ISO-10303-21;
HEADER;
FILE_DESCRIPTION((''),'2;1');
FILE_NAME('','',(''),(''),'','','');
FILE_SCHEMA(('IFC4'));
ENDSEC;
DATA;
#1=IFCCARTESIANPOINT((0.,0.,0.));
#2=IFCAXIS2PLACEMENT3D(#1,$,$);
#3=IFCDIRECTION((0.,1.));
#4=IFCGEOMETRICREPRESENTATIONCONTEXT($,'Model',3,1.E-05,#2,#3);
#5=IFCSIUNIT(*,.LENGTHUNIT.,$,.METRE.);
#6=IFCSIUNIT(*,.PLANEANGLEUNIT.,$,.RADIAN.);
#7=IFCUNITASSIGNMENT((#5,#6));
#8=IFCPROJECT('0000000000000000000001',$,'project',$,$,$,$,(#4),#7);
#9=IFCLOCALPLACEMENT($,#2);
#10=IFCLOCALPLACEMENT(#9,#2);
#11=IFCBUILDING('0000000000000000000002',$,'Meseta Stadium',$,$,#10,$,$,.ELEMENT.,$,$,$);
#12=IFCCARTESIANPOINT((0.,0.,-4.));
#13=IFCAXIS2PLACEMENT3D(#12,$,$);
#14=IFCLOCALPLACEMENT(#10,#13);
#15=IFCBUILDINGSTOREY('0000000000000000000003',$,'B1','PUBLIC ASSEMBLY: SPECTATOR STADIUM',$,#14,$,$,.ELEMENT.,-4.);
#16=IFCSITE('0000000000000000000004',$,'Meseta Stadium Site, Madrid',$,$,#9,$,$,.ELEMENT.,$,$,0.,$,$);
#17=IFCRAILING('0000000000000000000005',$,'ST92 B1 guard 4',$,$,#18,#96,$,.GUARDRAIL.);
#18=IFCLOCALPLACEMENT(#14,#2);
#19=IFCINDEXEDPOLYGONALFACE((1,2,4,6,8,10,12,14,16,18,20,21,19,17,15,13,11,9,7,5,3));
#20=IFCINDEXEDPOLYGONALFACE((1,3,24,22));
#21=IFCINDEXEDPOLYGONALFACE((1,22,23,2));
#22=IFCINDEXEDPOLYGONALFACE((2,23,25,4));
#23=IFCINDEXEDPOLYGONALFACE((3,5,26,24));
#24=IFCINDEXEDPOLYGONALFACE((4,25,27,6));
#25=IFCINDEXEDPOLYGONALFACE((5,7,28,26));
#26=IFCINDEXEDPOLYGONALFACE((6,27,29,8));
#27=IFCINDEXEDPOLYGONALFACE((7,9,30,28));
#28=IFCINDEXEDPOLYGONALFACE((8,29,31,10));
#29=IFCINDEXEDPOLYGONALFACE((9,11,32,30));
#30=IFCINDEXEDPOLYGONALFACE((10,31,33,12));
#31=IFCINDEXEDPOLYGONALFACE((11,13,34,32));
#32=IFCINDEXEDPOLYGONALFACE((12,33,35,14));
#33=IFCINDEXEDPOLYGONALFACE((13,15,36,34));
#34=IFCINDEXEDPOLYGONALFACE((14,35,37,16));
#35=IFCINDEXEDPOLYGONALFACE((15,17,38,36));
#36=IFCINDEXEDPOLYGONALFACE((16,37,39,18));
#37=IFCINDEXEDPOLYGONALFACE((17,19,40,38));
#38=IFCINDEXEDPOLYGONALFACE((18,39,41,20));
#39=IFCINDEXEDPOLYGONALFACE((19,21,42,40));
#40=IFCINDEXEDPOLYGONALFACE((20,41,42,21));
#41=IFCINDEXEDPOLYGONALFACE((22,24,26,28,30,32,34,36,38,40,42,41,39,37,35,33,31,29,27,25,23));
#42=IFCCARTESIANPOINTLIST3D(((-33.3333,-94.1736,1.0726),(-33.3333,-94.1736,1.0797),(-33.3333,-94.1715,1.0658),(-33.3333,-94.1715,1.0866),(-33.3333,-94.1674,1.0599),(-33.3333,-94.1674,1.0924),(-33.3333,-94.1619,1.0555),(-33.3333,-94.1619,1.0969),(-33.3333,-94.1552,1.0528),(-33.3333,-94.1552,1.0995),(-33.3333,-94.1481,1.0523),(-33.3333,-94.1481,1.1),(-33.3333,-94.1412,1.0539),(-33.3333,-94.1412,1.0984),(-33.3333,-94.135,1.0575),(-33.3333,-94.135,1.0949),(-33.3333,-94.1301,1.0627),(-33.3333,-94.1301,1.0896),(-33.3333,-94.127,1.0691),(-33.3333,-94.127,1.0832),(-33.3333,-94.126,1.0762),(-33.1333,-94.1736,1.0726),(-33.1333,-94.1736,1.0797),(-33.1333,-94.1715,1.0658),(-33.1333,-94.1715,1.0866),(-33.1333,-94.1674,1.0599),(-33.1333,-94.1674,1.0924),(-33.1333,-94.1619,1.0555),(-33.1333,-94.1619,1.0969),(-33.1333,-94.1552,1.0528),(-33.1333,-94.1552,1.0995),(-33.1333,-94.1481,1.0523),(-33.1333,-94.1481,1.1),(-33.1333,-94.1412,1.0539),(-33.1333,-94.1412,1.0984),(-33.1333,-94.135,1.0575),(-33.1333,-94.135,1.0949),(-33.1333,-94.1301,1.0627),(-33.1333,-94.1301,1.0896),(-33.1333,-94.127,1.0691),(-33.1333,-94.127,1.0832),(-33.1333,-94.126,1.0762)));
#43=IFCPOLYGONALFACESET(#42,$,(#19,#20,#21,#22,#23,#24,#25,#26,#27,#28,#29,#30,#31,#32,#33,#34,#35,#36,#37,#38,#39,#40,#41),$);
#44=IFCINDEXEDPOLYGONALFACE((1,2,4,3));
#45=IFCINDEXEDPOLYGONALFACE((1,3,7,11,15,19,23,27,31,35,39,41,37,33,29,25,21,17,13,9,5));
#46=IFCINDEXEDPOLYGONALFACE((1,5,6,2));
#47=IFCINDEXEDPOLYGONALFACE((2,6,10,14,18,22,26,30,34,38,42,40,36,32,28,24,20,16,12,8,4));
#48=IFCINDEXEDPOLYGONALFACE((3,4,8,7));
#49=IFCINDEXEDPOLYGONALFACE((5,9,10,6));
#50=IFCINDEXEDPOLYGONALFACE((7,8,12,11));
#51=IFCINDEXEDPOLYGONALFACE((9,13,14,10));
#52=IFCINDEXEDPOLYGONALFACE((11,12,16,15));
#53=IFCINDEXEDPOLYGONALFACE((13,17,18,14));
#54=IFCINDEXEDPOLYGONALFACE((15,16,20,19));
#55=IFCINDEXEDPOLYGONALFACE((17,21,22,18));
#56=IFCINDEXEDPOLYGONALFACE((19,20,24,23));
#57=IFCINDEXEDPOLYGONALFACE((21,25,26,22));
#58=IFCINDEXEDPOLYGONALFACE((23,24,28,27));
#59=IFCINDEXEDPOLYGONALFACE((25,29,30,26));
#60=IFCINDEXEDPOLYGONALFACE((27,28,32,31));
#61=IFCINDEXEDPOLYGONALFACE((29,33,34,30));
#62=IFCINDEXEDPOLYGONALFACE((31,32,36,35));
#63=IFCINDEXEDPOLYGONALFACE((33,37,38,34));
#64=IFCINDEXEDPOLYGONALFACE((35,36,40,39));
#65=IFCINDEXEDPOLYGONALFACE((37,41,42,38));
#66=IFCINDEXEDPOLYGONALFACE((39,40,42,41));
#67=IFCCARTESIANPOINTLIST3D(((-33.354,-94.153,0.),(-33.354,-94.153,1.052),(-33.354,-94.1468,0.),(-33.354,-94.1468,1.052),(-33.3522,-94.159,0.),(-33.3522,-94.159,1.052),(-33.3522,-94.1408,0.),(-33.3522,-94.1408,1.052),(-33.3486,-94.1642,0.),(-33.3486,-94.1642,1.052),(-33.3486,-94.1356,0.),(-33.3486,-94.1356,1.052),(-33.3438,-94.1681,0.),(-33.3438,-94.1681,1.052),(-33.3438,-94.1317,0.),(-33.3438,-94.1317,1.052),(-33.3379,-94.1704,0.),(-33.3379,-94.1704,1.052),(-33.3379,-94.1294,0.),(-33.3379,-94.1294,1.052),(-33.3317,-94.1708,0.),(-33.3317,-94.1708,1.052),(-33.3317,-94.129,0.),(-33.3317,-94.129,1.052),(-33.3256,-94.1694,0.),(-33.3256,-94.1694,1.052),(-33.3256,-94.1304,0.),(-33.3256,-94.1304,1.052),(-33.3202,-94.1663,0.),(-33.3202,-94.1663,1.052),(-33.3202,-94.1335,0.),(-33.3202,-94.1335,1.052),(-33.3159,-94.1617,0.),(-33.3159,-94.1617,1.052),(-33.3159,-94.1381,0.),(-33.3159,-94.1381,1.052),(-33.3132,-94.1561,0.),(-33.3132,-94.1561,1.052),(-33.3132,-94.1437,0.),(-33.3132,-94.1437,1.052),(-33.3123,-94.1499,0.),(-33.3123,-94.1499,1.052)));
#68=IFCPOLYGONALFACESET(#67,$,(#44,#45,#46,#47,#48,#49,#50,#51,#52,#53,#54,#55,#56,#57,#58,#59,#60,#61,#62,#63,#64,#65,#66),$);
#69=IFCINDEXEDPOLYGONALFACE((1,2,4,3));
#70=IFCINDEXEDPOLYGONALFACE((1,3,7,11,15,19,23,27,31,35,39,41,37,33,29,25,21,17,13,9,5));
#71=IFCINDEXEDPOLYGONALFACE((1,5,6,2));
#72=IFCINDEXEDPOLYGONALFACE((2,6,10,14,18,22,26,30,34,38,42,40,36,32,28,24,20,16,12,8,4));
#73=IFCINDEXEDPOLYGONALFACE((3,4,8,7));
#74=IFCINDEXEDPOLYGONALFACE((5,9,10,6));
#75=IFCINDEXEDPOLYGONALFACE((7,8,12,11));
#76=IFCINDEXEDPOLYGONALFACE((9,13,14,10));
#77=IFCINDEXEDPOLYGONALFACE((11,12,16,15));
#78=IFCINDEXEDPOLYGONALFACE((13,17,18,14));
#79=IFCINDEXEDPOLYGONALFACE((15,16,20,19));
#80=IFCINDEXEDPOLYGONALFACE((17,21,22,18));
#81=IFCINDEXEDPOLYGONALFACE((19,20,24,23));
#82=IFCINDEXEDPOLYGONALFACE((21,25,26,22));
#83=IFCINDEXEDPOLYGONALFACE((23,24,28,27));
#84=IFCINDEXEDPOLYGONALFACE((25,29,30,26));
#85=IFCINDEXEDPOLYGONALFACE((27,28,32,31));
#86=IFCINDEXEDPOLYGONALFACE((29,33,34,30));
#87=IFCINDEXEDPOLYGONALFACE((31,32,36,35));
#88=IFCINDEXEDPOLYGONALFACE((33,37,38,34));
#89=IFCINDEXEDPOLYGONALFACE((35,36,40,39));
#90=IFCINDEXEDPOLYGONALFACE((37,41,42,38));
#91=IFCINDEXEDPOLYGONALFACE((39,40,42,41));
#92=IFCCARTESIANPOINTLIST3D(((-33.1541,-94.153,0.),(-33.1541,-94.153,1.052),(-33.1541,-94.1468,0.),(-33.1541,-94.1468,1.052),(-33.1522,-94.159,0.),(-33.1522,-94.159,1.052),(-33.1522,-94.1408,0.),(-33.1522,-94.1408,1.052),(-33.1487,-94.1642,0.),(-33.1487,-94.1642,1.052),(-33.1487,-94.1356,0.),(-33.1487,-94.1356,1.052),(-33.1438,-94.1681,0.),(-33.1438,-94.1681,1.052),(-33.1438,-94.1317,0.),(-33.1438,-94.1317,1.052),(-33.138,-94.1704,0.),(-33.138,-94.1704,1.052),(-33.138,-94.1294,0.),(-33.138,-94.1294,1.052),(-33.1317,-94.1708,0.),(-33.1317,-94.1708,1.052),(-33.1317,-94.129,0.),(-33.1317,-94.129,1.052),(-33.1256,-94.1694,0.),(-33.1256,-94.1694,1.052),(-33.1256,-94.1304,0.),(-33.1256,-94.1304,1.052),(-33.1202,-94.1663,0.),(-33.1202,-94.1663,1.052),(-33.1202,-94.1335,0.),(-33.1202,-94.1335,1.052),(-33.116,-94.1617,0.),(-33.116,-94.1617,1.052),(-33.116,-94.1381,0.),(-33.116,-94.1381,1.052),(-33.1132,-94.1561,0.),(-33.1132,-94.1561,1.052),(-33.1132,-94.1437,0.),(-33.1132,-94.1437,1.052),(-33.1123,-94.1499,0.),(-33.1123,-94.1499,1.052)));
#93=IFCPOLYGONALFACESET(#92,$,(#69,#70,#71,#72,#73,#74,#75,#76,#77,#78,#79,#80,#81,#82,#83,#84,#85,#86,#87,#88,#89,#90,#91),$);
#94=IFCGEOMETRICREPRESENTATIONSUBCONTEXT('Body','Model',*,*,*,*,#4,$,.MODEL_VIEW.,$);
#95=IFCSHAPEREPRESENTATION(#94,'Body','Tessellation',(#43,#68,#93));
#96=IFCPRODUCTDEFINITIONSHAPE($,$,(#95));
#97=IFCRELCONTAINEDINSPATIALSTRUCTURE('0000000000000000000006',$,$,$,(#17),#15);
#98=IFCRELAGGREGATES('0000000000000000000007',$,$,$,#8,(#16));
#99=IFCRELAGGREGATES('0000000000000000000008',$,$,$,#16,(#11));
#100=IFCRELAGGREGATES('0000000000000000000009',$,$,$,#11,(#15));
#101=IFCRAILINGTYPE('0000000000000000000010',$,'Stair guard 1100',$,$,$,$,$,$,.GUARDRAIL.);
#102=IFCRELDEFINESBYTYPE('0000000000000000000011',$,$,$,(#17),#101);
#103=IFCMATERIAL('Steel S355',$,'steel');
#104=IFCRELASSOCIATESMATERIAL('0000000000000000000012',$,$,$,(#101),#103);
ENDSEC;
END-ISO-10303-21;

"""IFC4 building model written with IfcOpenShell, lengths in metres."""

from ifc_helpers import new_model, si_unit, direction, frame, origin, origin_2d, place, context, subcontext, project, spatial, circle, extrude, material, type_object, element, save


model = new_model("IFC4")

# Units and contexts
model_context = context("Model", 3, precision=1e-05, world=origin(), true_north=direction((0.0, 1.0)))
body_context = subcontext(model_context, "Body", "Model", "MODEL_VIEW")
ifc_project = project(units=[si_unit("LENGTHUNIT", "METRE"), si_unit("PLANEANGLEUNIT", "RADIAN")], contexts=[model_context])

# Site, building, storey
site_placement = place(None, origin())
site = spatial("IfcSite", under=ifc_project, at=site_placement, Name="Meseta Stadium Site, Madrid", CompositionType="ELEMENT", RefElevation=0.0)
building_placement = place(site_placement, origin())
building = spatial("IfcBuilding", under=site, at=building_placement, Name="Meseta Stadium", CompositionType="ELEMENT")
storey_placement = place(building_placement, frame((0.0, 0.0, -4.0)))
storey = spatial("IfcBuildingStorey", under=building, at=storey_placement, Name="B1", Description="PUBLIC ASSEMBLY: SPECTATOR STADIUM", CompositionType="ELEMENT", Elevation=-4.0)

# Railing
ifc_material_1 = material(Name="Steel S355", Category="steel")
railing_type_1 = type_object("IfcRailingType", Name="Stair guard 1100", PredefinedType="GUARDRAIL", material=ifc_material_1)
railing_1_placement = place(storey_placement, frame((-33.3333, -94.1499, 0.0)))
element("IfcRailing", 1, at=railing_1_placement, inside=storey, type_object=railing_type_1, Name="ST92 B1 guard 4", PredefinedType="GUARDRAIL", context=body_context, shape_type="SweptSolid", body=[
    extrude(circle(Radius=0.0239, at=origin_2d()), frame((0.0, 0.0, 1.0762), z_axis=(1.0, 0.0, 0.0), x_axis=(0.0, 1.0, 0.0)), (0.0, 0.0, 1.0), 0.2),
    extrude(circle(Radius=0.021, at=origin_2d()), origin(), (0.0, 0.0, 1.0), 1.052),
    extrude(circle(Radius=0.021, at=origin_2d()), frame((0.2, 0.0, 0.0)), (0.0, 0.0, 1.0), 1.052),
])

save(model, "model.ifc")
